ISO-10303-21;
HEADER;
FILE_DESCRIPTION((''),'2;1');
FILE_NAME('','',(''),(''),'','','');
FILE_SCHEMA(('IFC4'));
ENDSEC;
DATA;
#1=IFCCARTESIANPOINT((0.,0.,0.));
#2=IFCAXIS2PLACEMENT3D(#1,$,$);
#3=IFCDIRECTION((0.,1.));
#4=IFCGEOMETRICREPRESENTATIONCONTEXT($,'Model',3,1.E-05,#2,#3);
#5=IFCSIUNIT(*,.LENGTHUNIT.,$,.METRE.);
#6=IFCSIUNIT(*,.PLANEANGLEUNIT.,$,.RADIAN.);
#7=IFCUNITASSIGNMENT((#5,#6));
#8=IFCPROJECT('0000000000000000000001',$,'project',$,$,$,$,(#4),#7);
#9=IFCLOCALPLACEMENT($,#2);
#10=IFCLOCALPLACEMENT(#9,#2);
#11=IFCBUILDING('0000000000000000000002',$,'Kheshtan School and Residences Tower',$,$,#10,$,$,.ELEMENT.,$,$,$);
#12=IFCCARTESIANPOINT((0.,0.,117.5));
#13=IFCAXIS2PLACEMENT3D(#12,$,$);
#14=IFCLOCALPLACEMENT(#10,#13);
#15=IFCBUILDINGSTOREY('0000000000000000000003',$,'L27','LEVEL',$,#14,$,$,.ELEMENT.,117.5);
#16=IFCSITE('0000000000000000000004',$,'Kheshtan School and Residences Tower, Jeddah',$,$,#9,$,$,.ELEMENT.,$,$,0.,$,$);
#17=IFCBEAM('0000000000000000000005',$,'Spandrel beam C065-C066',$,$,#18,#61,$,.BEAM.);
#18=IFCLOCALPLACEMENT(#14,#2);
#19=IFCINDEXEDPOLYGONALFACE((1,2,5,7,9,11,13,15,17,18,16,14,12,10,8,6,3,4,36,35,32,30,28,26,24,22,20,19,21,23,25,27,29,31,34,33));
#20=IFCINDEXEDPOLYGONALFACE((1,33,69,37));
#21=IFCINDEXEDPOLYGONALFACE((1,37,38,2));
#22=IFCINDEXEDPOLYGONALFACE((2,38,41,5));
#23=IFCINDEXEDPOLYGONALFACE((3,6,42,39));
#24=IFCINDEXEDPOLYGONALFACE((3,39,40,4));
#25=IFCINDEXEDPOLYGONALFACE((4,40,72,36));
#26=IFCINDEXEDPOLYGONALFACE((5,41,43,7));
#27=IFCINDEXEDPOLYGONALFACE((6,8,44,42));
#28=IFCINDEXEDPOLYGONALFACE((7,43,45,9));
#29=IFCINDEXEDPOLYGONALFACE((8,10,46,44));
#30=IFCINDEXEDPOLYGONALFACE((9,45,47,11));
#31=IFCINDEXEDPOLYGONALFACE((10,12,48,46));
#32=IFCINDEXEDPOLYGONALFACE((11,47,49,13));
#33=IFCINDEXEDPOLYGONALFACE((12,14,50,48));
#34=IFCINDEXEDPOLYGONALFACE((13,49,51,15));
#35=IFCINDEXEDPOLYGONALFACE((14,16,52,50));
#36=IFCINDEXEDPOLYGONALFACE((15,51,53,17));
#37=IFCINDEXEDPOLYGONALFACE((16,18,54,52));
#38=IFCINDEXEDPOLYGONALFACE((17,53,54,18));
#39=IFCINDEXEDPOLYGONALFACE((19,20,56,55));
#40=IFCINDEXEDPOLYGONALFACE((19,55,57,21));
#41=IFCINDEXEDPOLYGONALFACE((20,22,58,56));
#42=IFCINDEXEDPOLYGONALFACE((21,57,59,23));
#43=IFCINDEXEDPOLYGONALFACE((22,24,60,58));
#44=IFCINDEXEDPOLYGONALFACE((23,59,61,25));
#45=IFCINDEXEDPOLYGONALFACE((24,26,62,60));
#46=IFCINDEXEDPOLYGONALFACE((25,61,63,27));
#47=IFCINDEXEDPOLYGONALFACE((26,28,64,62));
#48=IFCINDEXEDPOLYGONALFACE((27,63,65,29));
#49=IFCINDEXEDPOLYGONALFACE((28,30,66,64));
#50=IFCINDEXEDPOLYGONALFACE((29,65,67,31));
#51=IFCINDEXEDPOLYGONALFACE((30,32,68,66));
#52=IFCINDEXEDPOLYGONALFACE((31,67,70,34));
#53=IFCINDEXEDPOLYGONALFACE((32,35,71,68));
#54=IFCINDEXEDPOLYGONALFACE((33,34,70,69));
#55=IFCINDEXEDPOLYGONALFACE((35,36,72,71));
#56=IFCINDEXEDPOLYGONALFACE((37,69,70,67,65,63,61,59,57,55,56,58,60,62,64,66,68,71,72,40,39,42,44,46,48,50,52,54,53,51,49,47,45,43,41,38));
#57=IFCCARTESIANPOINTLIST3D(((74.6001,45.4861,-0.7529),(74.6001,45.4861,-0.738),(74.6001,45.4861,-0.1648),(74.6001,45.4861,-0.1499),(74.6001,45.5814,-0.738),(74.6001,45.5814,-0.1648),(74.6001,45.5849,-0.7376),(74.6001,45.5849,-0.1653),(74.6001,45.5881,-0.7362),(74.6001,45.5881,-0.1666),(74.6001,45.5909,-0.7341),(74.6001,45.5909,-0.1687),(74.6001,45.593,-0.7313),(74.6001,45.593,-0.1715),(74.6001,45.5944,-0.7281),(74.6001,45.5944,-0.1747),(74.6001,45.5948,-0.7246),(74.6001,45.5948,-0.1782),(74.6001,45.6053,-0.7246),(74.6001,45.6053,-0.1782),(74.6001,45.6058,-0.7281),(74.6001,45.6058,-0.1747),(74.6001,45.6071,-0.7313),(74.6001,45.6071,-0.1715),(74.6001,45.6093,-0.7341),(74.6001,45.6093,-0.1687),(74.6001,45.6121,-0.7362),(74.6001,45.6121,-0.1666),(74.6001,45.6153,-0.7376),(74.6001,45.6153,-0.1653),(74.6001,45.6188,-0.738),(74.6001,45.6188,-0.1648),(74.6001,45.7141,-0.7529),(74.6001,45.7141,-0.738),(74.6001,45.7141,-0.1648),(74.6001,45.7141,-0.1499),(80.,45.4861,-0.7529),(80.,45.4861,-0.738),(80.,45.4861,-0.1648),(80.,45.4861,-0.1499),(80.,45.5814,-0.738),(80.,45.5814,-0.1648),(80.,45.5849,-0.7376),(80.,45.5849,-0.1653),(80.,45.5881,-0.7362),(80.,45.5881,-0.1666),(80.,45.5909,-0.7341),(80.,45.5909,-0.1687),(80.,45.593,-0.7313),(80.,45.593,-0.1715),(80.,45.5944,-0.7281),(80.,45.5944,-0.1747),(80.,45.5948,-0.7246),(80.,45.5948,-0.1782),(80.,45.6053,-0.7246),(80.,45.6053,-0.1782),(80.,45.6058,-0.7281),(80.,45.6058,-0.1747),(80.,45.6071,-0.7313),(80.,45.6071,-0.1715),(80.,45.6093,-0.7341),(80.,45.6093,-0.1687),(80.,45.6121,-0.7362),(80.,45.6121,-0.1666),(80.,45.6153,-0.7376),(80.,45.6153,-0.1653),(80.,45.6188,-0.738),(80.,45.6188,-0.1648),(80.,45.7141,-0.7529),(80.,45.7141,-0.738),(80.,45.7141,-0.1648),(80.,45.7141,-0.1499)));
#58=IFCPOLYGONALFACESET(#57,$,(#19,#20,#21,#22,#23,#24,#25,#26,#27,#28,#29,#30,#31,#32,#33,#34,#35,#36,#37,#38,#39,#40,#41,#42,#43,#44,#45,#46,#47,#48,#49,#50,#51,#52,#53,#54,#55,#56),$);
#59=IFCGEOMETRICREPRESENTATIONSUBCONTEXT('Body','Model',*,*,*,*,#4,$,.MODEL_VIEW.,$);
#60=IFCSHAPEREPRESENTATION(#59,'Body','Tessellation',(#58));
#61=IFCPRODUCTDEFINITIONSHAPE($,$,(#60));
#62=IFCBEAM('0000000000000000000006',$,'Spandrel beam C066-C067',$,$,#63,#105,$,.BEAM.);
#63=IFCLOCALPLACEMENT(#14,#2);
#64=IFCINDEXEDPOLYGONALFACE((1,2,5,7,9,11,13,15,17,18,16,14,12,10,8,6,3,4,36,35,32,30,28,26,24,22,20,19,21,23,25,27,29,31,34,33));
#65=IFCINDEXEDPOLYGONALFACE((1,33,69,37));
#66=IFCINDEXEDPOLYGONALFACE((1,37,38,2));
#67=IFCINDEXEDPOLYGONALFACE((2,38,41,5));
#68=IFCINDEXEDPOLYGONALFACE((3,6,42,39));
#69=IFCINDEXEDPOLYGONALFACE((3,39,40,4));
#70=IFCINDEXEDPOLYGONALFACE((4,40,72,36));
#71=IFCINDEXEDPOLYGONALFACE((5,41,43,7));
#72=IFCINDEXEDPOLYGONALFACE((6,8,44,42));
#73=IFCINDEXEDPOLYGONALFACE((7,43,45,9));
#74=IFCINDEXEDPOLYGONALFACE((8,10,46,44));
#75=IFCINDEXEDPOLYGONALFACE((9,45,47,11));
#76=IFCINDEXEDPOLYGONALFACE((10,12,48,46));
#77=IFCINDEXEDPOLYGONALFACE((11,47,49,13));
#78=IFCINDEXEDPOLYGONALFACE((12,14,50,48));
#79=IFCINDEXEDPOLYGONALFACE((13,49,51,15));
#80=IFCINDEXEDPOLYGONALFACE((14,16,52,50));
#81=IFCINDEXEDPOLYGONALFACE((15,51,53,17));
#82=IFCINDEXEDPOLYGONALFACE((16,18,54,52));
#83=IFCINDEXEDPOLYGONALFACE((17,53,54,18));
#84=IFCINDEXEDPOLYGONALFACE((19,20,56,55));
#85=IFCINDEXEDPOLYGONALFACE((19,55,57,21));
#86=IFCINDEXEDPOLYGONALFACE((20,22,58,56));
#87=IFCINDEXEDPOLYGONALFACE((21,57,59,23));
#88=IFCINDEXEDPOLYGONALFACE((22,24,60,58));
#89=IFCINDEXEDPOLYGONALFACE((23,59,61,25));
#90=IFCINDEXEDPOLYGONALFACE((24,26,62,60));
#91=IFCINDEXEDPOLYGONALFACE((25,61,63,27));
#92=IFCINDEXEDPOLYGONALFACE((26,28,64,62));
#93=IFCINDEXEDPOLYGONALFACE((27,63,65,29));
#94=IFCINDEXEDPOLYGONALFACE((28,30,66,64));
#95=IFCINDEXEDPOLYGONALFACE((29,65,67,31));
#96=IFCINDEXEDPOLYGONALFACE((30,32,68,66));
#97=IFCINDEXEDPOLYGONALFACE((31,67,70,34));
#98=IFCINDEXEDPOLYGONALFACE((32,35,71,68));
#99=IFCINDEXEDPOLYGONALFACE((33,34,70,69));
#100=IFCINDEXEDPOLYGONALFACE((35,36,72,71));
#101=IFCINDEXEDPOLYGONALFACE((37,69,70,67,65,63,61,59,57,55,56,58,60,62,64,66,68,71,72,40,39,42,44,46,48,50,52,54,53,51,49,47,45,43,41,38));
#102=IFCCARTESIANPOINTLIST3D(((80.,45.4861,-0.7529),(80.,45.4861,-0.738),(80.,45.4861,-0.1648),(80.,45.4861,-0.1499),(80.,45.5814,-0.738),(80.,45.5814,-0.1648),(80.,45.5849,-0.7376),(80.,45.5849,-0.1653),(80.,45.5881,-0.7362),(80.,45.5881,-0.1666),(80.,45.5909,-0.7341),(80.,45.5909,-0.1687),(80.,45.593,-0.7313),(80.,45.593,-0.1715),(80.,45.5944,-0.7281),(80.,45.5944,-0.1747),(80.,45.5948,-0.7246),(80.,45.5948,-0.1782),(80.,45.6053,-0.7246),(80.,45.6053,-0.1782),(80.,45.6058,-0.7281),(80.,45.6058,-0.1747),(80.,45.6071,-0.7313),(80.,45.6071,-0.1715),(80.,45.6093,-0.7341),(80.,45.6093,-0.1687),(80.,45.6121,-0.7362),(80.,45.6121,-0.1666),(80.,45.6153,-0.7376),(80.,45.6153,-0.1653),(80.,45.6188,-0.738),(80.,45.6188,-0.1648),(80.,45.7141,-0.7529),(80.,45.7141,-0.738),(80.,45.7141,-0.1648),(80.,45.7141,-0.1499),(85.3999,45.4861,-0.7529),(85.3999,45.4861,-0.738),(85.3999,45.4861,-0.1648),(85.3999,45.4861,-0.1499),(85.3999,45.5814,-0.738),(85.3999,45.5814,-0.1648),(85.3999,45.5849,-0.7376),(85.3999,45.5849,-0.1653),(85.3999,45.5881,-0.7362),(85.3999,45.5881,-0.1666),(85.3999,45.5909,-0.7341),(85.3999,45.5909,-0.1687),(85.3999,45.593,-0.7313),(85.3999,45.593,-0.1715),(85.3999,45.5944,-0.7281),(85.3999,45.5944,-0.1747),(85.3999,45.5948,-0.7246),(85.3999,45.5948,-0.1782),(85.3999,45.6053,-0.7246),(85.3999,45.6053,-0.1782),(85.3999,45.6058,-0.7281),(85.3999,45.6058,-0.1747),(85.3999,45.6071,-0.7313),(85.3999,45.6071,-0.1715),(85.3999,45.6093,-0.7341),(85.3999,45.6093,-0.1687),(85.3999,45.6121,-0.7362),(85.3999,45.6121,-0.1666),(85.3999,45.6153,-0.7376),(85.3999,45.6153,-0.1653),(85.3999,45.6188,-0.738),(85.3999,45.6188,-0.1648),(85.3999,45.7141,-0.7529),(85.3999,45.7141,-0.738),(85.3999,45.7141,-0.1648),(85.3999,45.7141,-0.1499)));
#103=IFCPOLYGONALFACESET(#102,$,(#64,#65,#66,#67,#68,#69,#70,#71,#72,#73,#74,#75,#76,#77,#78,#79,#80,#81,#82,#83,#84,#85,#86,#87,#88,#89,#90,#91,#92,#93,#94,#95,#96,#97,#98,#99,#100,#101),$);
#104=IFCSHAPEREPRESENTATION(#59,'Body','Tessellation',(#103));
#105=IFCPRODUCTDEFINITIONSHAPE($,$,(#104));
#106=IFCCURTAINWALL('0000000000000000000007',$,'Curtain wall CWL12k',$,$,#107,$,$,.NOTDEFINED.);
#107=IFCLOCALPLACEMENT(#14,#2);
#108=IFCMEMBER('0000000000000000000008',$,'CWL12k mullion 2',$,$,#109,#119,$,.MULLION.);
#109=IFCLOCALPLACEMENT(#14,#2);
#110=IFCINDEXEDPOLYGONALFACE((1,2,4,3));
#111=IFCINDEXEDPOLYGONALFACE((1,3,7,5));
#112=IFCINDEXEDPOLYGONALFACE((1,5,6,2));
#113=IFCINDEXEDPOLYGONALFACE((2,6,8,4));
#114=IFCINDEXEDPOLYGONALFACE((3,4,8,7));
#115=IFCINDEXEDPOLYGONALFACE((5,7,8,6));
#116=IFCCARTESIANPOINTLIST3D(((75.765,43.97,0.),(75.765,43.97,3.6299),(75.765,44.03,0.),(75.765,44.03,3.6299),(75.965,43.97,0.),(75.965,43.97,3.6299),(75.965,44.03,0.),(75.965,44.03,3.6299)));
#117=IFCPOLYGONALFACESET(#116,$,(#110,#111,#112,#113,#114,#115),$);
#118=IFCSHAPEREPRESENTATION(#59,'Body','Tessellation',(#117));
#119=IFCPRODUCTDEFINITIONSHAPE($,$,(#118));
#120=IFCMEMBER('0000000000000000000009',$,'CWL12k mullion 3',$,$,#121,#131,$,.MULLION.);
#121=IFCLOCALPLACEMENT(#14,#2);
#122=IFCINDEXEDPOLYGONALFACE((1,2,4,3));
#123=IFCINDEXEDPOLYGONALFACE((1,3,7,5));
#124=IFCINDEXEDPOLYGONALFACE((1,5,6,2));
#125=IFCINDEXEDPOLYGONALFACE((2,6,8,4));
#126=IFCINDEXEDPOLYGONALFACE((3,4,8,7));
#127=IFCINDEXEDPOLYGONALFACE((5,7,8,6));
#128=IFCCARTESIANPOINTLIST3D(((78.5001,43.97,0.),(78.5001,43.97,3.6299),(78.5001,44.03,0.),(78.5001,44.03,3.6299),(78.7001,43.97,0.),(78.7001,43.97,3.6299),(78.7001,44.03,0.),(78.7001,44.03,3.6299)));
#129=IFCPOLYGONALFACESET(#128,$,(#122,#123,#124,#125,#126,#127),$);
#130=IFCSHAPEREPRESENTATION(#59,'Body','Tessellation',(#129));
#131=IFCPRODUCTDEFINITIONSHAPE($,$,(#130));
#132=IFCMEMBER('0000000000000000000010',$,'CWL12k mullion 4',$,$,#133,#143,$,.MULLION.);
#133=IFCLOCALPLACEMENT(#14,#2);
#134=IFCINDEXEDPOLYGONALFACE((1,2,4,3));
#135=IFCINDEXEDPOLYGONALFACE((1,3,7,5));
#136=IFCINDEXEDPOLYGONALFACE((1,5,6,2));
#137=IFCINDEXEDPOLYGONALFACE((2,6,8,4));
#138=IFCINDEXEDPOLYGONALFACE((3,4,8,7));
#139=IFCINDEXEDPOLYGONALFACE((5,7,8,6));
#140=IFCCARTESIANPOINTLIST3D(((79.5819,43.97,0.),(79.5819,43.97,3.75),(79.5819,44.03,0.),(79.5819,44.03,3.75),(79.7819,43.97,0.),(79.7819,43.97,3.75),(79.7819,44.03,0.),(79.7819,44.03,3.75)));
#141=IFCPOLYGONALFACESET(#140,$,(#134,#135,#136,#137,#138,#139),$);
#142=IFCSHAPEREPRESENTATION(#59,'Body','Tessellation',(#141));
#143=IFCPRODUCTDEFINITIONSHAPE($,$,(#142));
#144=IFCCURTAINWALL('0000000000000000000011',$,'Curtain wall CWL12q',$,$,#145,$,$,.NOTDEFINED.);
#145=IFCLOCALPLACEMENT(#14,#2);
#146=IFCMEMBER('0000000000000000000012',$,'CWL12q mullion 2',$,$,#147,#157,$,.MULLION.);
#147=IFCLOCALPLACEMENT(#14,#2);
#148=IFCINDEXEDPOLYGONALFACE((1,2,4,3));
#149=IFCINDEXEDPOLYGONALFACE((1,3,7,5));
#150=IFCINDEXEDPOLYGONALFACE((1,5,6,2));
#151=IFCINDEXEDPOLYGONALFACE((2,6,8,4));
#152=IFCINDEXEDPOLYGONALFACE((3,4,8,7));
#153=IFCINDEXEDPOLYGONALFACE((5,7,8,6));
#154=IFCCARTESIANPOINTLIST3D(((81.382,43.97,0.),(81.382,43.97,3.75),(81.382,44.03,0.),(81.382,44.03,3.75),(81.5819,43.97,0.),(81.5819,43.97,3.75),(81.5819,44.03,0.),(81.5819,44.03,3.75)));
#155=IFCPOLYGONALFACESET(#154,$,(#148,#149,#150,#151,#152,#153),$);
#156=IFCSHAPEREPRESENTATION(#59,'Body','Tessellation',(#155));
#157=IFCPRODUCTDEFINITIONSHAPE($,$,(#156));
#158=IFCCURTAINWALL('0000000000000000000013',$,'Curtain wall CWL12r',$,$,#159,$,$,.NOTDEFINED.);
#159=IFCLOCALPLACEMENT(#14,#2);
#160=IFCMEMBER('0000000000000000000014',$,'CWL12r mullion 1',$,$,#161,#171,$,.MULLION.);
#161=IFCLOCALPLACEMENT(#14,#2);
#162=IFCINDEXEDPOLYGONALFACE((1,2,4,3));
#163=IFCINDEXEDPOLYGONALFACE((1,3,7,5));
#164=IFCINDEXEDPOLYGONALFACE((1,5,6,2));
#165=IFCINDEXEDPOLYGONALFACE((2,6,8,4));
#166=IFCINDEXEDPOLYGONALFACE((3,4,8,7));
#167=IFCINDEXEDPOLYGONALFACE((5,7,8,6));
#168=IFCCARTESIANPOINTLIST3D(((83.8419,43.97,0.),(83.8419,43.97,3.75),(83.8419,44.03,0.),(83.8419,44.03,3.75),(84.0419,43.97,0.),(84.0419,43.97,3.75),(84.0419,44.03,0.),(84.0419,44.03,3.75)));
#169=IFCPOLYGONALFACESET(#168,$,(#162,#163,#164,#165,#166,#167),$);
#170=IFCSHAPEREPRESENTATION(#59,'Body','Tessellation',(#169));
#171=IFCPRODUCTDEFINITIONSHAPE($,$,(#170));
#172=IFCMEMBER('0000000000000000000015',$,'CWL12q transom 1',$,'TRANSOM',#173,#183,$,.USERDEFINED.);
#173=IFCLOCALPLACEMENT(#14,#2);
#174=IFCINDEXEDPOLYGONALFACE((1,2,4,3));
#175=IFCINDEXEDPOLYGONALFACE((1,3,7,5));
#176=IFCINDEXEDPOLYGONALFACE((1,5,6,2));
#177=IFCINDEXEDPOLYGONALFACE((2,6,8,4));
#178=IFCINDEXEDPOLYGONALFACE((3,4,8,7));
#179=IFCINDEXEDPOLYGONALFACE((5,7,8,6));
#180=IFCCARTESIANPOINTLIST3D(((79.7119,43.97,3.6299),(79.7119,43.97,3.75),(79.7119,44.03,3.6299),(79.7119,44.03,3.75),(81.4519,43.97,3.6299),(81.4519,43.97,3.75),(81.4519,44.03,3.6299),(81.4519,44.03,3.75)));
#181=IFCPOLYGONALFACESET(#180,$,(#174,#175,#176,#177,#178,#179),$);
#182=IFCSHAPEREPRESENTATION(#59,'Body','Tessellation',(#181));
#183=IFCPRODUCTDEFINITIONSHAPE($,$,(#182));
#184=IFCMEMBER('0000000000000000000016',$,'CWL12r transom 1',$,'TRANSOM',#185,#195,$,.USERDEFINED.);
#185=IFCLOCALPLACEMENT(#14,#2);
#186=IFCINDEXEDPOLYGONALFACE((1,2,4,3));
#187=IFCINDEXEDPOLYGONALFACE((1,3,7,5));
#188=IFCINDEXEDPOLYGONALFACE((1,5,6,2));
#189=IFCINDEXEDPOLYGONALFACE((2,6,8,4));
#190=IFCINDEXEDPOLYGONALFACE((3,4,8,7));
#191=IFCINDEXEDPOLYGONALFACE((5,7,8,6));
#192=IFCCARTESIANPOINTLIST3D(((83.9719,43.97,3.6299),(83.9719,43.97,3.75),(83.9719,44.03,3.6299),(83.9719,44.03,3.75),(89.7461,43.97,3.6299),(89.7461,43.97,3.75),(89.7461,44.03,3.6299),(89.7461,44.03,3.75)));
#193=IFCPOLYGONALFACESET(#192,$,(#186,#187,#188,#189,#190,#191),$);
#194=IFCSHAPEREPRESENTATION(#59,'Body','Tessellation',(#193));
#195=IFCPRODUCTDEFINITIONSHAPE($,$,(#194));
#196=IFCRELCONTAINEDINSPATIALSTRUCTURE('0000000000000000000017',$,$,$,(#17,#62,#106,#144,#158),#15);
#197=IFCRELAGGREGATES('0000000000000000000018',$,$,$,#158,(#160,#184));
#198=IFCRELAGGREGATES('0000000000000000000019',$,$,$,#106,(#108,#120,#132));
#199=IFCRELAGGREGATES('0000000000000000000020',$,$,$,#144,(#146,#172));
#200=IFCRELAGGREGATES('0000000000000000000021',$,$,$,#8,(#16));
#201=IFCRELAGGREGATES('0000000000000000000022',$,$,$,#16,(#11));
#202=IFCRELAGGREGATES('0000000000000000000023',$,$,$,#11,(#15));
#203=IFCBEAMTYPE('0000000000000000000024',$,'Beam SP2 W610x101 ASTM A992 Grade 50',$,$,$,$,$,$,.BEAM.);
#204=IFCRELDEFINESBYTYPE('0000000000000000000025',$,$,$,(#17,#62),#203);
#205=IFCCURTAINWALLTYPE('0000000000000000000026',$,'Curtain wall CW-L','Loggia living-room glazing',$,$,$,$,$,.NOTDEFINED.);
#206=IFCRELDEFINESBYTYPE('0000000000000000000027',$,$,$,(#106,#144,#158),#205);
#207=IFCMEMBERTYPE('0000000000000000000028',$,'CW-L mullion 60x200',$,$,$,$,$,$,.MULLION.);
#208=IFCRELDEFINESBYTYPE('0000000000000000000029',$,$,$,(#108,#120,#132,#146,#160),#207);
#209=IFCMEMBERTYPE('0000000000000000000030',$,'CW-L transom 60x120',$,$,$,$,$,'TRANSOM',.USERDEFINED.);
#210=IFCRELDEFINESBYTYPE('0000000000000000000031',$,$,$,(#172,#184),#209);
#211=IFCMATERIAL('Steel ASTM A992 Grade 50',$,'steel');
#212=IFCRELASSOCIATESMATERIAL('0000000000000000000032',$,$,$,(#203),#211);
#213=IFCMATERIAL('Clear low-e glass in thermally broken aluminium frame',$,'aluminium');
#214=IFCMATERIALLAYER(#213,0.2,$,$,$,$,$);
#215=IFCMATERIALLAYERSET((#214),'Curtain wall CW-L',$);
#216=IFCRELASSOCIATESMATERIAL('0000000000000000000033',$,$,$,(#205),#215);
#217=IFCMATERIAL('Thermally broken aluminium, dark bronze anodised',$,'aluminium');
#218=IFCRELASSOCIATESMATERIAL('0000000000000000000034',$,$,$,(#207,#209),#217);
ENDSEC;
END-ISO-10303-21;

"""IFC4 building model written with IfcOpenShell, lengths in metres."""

from ifc_helpers import new_model, si_unit, direction, frame, origin, origin_2d, place, context, subcontext, project, spatial, rectangle, i_section, extrude, material, layer, layer_set, material_profile, profile_set, type_object, element, aggregate, save


model = new_model("IFC4")

# Units and contexts
model_context = context("Model", 3, precision=1e-05, world=origin(), true_north=direction((0.0, 1.0)))
body_context = subcontext(model_context, "Body", "Model", "MODEL_VIEW")
ifc_project = project(units=[si_unit("LENGTHUNIT", "METRE"), si_unit("PLANEANGLEUNIT", "RADIAN")], contexts=[model_context])

# Site, building, storey
site_placement = place(None, origin())
site = spatial("IfcSite", under=ifc_project, at=site_placement, Name="Kheshtan School and Residences Tower, Jeddah", CompositionType="ELEMENT", RefElevation=0.0)
building_placement = place(site_placement, origin())
building = spatial("IfcBuilding", under=site, at=building_placement, Name="Kheshtan School and Residences Tower", CompositionType="ELEMENT")
storey_placement = place(building_placement, frame((0.0, 0.0, 117.5)))
storey = spatial("IfcBuildingStorey", under=building, at=storey_placement, Name="L27", Description="LEVEL", CompositionType="ELEMENT", Elevation=117.5)

# Shared definitions
ifc_material_1 = material(Name="Steel ASTM A992 Grade 50", Category="steel")

# Beams
ifc_material_profile_1 = material_profile(ifc_material_1, i_section(OverallWidth=0.228, OverallDepth=0.603, WebThickness=0.0105, FlangeThickness=0.0149, FilletRadius=0.0134, at=origin_2d()), Name="W610x101")
ifc_profile_set_1 = profile_set([ifc_material_profile_1], Name="Steel ASTM A992 Grade 50")
beam_type_1 = type_object("IfcBeamType", Name="Beam SP2 W610x101 ASTM A992 Grade 50", PredefinedType="BEAM", material=ifc_profile_set_1)
for number, where, z_axis, x_axis, name in (
    (1, (74.6001, 45.6001, -0.4514), (1.0, 0.0, 0.0), (0.0, 1.0, 0.0), "Spandrel beam C065-C066"),
    (2, (80.0, 45.6001, -0.4514), (1.0, 0.0, 0.0), (0.0, 1.0, 0.0), "Spandrel beam C066-C067"),
):
    element("IfcBeam", number, at=place(storey_placement, frame(where, z_axis=z_axis, x_axis=x_axis)), inside=storey, type_object=beam_type_1, Name=name, PredefinedType="BEAM", context=body_context, shape_type="SweptSolid", body=[
        extrude(i_section(OverallWidth=0.228, OverallDepth=0.603, WebThickness=0.0105, FlangeThickness=0.0149, FilletRadius=0.0134, at=origin_2d()), origin(), (0.0, 0.0, 1.0), 5.3999),
    ])

# Curtain wall, members
ifc_material_2 = material(Name="Clear low-e glass in thermally broken aluminium frame", Category="aluminium")
ifc_layer_1 = layer(ifc_material_2, 0.2)
ifc_layer_set_1 = layer_set([ifc_layer_1], Name="Curtain wall CW-L")
curtain_wall_type = type_object("IfcCurtainWallType", Name="Curtain wall CW-L", Description="Loggia living-room glazing", PredefinedType="NOTDEFINED", material=ifc_layer_set_1)
curtain_wall_1_placement = place(storey_placement, origin())
curtain_wall_1 = element("IfcCurtainWall", 3, at=curtain_wall_1_placement, inside=storey, type_object=curtain_wall_type, Name="Curtain wall CWL12k", PredefinedType="NOTDEFINED")
ifc_material_3 = material(Name="Thermally broken aluminium, dark bronze anodised", Category="aluminium")
ifc_material_profile_2 = material_profile(ifc_material_3, rectangle(XDim=0.0601, YDim=0.2, at=origin_2d()), Name="CW-L mullion 60x200")
ifc_profile_set_2 = profile_set([ifc_material_profile_2], Name="Thermally broken aluminium, dark bronze anodised")
member_type_1 = type_object("IfcMemberType", Name="CW-L mullion 60x200", PredefinedType="MULLION", material=ifc_profile_set_2)
member_1_placement = place(storey_placement, frame((75.865, 44.0, 0.0), z_axis=(0.0, 0.0, 1.0), x_axis=(0.0, 1.0, 0.0)))
member_1 = element("IfcMember", 4, at=member_1_placement, type_object=member_type_1, Name="CWL12k mullion 2", PredefinedType="MULLION", context=body_context, shape_type="SweptSolid", body=[
    extrude(rectangle(XDim=0.0601, YDim=0.2, at=origin_2d()), origin(), (0.0, 0.0, 1.0), 3.6299),
])
member_2_placement = place(storey_placement, frame((78.6001, 44.0, 0.0), z_axis=(0.0, 0.0, 1.0), x_axis=(0.0, 1.0, 0.0)))
member_2 = element("IfcMember", 5, at=member_2_placement, type_object=member_type_1, Name="CWL12k mullion 3", PredefinedType="MULLION", context=body_context, shape_type="SweptSolid", body=[
    extrude(rectangle(XDim=0.0601, YDim=0.2, at=origin_2d()), origin(), (0.0, 0.0, 1.0), 3.6299),
])
member_3_placement = place(storey_placement, frame((79.6819, 44.0, 0.0), z_axis=(0.0, 0.0, 1.0), x_axis=(0.0, 1.0, 0.0)))
member_3 = element("IfcMember", 6, at=member_3_placement, type_object=member_type_1, Name="CWL12k mullion 4", PredefinedType="MULLION", context=body_context, shape_type="SweptSolid", body=[
    extrude(rectangle(XDim=0.0601, YDim=0.2, at=origin_2d()), origin(), (0.0, 0.0, 1.0), 3.75),
])

# Curtain walls, members
curtain_wall_2_placement = place(storey_placement, origin())
curtain_wall_2 = element("IfcCurtainWall", 7, at=curtain_wall_2_placement, inside=storey, type_object=curtain_wall_type, Name="Curtain wall CWL12q", PredefinedType="NOTDEFINED")
member_4_placement = place(storey_placement, frame((81.4819, 44.0, 0.0), z_axis=(0.0, 0.0, 1.0), x_axis=(0.0, 1.0, 0.0)))
member_4 = element("IfcMember", 8, at=member_4_placement, type_object=member_type_1, Name="CWL12q mullion 2", PredefinedType="MULLION", context=body_context, shape_type="SweptSolid", body=[
    extrude(rectangle(XDim=0.0601, YDim=0.2, at=origin_2d()), origin(), (0.0, 0.0, 1.0), 3.75),
])
curtain_wall_3_placement = place(storey_placement, origin())
curtain_wall_3 = element("IfcCurtainWall", 9, at=curtain_wall_3_placement, inside=storey, type_object=curtain_wall_type, Name="Curtain wall CWL12r", PredefinedType="NOTDEFINED")
member_5_placement = place(storey_placement, frame((83.9419, 44.0, 0.0), z_axis=(0.0, 0.0, 1.0), x_axis=(0.0, 1.0, 0.0)))
member_5 = element("IfcMember", 10, at=member_5_placement, type_object=member_type_1, Name="CWL12r mullion 1", PredefinedType="MULLION", context=body_context, shape_type="SweptSolid", body=[
    extrude(rectangle(XDim=0.0601, YDim=0.2, at=origin_2d()), origin(), (0.0, 0.0, 1.0), 3.75),
])

# Members
ifc_material_profile_3 = material_profile(ifc_material_3, rectangle(XDim=0.0601, YDim=0.1201, at=origin_2d()), Name="CW-L transom 60x120")
ifc_profile_set_3 = profile_set([ifc_material_profile_3], Name="Thermally broken aluminium, dark bronze anodised")
member_type_2 = type_object("IfcMemberType", Name="CW-L transom 60x120", ElementType="TRANSOM", PredefinedType="USERDEFINED", material=ifc_profile_set_3)
member_6_placement = place(storey_placement, frame((79.7119, 44.0, 3.6899), z_axis=(1.0, 0.0, 0.0), x_axis=(0.0, 1.0, 0.0)))
member_6 = element("IfcMember", 11, at=member_6_placement, type_object=member_type_2, Name="CWL12q transom 1", ObjectType="TRANSOM", PredefinedType="USERDEFINED", context=body_context, shape_type="SweptSolid", body=[
    extrude(rectangle(XDim=0.0601, YDim=0.1201, at=origin_2d()), origin(), (0.0, 0.0, 1.0), 1.74),
])
member_7_placement = place(storey_placement, frame((83.9719, 44.0, 3.6899), z_axis=(1.0, 0.0, 0.0), x_axis=(0.0, 1.0, 0.0)))
member_7 = element("IfcMember", 12, at=member_7_placement, type_object=member_type_2, Name="CWL12r transom 1", ObjectType="TRANSOM", PredefinedType="USERDEFINED", context=body_context, shape_type="SweptSolid", body=[
    extrude(rectangle(XDim=0.0601, YDim=0.1201, at=origin_2d()), origin(), (0.0, 0.0, 1.0), 5.7742),
])
aggregate(curtain_wall_3, [member_5, member_7])

aggregate(curtain_wall_1, [member_1, member_2, member_3])
aggregate(curtain_wall_2, [member_4, member_6])

save(model, "model.ifc")
